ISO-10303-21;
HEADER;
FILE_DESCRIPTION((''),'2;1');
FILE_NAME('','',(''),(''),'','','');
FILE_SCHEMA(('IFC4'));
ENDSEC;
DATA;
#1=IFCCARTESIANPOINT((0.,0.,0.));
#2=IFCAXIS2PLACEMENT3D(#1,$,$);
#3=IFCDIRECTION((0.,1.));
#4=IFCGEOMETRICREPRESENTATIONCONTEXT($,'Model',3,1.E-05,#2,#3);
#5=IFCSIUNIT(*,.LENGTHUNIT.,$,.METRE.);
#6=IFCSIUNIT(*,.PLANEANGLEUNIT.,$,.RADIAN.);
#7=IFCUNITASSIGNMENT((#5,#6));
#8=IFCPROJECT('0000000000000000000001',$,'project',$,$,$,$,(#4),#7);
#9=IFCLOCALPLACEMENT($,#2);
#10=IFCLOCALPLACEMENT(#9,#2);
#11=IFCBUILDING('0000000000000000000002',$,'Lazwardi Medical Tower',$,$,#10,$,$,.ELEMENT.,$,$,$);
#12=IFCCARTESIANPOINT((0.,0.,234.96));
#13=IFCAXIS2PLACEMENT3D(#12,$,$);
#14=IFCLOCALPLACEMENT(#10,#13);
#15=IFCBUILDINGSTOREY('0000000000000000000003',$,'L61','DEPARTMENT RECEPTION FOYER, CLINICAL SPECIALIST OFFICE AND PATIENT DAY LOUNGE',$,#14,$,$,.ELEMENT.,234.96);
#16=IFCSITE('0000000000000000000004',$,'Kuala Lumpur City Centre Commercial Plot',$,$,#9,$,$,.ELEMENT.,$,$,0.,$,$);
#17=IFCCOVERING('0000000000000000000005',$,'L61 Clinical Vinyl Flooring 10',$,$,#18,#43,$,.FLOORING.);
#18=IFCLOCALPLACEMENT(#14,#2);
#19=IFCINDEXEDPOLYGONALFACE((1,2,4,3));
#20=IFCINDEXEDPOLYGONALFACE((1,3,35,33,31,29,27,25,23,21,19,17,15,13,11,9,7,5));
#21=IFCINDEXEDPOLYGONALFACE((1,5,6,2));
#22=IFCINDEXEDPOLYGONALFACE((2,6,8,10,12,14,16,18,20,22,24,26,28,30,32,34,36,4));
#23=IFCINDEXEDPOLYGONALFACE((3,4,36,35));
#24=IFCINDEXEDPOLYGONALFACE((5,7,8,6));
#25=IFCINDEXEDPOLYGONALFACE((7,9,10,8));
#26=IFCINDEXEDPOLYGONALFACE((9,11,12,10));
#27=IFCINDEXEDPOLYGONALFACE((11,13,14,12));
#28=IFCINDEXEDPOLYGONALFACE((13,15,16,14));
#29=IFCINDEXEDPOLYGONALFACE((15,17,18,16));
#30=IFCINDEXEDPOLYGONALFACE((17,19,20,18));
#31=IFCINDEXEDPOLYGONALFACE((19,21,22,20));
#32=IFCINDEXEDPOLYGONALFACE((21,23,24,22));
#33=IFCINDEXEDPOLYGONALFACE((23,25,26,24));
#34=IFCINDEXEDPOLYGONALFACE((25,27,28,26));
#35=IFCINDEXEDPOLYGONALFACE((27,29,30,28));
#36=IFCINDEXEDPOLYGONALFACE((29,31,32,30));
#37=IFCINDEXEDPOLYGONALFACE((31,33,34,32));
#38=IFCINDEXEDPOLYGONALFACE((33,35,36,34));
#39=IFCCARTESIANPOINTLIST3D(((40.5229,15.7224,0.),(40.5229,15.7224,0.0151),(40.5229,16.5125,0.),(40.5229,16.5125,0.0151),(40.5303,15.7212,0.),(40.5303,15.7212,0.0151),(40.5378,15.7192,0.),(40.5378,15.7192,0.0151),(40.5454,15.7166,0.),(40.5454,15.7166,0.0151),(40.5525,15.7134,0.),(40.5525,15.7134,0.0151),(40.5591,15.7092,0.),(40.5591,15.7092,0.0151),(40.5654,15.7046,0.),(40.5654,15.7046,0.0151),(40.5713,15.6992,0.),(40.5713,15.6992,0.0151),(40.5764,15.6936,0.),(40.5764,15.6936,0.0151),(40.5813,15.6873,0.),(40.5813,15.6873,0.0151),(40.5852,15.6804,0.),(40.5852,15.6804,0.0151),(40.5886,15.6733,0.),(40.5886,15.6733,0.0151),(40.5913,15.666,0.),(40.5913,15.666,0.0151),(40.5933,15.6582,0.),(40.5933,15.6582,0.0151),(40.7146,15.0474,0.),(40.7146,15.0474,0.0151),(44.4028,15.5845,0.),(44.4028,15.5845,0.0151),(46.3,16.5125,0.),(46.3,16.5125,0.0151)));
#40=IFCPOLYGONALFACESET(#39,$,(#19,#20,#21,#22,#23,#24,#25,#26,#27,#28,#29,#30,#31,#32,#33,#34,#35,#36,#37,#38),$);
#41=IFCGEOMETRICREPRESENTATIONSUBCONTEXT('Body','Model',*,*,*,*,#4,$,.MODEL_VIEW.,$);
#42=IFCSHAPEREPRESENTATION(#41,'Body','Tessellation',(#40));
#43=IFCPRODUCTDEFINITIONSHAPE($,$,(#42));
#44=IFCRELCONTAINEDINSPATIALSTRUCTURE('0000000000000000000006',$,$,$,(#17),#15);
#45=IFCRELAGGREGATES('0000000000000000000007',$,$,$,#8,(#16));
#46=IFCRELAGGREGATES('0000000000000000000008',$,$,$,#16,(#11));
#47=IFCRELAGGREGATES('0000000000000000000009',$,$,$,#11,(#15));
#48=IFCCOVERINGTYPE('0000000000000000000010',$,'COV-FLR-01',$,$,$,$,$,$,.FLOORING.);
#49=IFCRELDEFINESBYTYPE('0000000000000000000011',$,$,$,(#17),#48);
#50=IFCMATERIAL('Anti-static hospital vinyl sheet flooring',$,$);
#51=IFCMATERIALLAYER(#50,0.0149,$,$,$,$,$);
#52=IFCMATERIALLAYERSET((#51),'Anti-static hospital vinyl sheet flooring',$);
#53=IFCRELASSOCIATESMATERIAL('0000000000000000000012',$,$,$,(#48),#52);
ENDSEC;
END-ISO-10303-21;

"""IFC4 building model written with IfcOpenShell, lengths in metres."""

from ifc_helpers import new_model, si_unit, direction, frame, origin, place, context, subcontext, project, spatial, polyline, outline, extrude, material, layer, layer_set, type_object, element, save


model = new_model("IFC4")

# Units and contexts
model_context = context("Model", 3, precision=1e-05, world=origin(), true_north=direction((0.0, 1.0)))
body_context = subcontext(model_context, "Body", "Model", "MODEL_VIEW")
ifc_project = project(units=[si_unit("LENGTHUNIT", "METRE"), si_unit("PLANEANGLEUNIT", "RADIAN")], contexts=[model_context])

# Site, building, storey
site_placement = place(None, origin())
site = spatial("IfcSite", under=ifc_project, at=site_placement, Name="Kuala Lumpur City Centre Commercial Plot", CompositionType="ELEMENT", RefElevation=0.0)
building_placement = place(site_placement, origin())
building = spatial("IfcBuilding", under=site, at=building_placement, Name="Lazwardi Medical Tower", CompositionType="ELEMENT")
storey_placement = place(building_placement, frame((0.0, 0.0, 234.96)))
storey = spatial("IfcBuildingStorey", under=building, at=storey_placement, Name="L61", Description="DEPARTMENT RECEPTION FOYER, CLINICAL SPECIALIST OFFICE AND PATIENT DAY LOUNGE", CompositionType="ELEMENT", Elevation=234.96)

# Covering
ifc_material_1 = material(Name="Anti-static hospital vinyl sheet flooring")
ifc_layer_1 = layer(ifc_material_1, 0.0149)
ifc_layer_set_1 = layer_set([ifc_layer_1], Name="Anti-static hospital vinyl sheet flooring")
covering_type_1 = type_object("IfcCoveringType", Name="COV-FLR-01", PredefinedType="FLOORING", material=ifc_layer_set_1)
covering_1_placement = place(storey_placement, origin())
element("IfcCovering", 1, at=covering_1_placement, inside=storey, type_object=covering_type_1, Name="L61 Clinical Vinyl Flooring 10", PredefinedType="FLOORING", context=body_context, shape_type="SweptSolid", body=[
    extrude(outline(polyline([(40.5229, 15.7224), (40.5303, 15.7212), (40.5378, 15.7192), (40.5454, 15.7166), (40.5525, 15.7134), (40.5591, 15.7092), (40.5654, 15.7046), (40.5713, 15.6992), (40.5764, 15.6936), (40.5813, 15.6873), (40.5852, 15.6804), (40.5886, 15.6733), (40.5913, 15.666), (40.5933, 15.6582), (40.7146, 15.0474), (44.4028, 15.5845), (46.3, 16.5125), (40.5229, 16.5125), (40.5229, 15.7224)])), origin(), (0.0, 0.0, 1.0), 0.0151),
])

save(model, "model.ifc")
